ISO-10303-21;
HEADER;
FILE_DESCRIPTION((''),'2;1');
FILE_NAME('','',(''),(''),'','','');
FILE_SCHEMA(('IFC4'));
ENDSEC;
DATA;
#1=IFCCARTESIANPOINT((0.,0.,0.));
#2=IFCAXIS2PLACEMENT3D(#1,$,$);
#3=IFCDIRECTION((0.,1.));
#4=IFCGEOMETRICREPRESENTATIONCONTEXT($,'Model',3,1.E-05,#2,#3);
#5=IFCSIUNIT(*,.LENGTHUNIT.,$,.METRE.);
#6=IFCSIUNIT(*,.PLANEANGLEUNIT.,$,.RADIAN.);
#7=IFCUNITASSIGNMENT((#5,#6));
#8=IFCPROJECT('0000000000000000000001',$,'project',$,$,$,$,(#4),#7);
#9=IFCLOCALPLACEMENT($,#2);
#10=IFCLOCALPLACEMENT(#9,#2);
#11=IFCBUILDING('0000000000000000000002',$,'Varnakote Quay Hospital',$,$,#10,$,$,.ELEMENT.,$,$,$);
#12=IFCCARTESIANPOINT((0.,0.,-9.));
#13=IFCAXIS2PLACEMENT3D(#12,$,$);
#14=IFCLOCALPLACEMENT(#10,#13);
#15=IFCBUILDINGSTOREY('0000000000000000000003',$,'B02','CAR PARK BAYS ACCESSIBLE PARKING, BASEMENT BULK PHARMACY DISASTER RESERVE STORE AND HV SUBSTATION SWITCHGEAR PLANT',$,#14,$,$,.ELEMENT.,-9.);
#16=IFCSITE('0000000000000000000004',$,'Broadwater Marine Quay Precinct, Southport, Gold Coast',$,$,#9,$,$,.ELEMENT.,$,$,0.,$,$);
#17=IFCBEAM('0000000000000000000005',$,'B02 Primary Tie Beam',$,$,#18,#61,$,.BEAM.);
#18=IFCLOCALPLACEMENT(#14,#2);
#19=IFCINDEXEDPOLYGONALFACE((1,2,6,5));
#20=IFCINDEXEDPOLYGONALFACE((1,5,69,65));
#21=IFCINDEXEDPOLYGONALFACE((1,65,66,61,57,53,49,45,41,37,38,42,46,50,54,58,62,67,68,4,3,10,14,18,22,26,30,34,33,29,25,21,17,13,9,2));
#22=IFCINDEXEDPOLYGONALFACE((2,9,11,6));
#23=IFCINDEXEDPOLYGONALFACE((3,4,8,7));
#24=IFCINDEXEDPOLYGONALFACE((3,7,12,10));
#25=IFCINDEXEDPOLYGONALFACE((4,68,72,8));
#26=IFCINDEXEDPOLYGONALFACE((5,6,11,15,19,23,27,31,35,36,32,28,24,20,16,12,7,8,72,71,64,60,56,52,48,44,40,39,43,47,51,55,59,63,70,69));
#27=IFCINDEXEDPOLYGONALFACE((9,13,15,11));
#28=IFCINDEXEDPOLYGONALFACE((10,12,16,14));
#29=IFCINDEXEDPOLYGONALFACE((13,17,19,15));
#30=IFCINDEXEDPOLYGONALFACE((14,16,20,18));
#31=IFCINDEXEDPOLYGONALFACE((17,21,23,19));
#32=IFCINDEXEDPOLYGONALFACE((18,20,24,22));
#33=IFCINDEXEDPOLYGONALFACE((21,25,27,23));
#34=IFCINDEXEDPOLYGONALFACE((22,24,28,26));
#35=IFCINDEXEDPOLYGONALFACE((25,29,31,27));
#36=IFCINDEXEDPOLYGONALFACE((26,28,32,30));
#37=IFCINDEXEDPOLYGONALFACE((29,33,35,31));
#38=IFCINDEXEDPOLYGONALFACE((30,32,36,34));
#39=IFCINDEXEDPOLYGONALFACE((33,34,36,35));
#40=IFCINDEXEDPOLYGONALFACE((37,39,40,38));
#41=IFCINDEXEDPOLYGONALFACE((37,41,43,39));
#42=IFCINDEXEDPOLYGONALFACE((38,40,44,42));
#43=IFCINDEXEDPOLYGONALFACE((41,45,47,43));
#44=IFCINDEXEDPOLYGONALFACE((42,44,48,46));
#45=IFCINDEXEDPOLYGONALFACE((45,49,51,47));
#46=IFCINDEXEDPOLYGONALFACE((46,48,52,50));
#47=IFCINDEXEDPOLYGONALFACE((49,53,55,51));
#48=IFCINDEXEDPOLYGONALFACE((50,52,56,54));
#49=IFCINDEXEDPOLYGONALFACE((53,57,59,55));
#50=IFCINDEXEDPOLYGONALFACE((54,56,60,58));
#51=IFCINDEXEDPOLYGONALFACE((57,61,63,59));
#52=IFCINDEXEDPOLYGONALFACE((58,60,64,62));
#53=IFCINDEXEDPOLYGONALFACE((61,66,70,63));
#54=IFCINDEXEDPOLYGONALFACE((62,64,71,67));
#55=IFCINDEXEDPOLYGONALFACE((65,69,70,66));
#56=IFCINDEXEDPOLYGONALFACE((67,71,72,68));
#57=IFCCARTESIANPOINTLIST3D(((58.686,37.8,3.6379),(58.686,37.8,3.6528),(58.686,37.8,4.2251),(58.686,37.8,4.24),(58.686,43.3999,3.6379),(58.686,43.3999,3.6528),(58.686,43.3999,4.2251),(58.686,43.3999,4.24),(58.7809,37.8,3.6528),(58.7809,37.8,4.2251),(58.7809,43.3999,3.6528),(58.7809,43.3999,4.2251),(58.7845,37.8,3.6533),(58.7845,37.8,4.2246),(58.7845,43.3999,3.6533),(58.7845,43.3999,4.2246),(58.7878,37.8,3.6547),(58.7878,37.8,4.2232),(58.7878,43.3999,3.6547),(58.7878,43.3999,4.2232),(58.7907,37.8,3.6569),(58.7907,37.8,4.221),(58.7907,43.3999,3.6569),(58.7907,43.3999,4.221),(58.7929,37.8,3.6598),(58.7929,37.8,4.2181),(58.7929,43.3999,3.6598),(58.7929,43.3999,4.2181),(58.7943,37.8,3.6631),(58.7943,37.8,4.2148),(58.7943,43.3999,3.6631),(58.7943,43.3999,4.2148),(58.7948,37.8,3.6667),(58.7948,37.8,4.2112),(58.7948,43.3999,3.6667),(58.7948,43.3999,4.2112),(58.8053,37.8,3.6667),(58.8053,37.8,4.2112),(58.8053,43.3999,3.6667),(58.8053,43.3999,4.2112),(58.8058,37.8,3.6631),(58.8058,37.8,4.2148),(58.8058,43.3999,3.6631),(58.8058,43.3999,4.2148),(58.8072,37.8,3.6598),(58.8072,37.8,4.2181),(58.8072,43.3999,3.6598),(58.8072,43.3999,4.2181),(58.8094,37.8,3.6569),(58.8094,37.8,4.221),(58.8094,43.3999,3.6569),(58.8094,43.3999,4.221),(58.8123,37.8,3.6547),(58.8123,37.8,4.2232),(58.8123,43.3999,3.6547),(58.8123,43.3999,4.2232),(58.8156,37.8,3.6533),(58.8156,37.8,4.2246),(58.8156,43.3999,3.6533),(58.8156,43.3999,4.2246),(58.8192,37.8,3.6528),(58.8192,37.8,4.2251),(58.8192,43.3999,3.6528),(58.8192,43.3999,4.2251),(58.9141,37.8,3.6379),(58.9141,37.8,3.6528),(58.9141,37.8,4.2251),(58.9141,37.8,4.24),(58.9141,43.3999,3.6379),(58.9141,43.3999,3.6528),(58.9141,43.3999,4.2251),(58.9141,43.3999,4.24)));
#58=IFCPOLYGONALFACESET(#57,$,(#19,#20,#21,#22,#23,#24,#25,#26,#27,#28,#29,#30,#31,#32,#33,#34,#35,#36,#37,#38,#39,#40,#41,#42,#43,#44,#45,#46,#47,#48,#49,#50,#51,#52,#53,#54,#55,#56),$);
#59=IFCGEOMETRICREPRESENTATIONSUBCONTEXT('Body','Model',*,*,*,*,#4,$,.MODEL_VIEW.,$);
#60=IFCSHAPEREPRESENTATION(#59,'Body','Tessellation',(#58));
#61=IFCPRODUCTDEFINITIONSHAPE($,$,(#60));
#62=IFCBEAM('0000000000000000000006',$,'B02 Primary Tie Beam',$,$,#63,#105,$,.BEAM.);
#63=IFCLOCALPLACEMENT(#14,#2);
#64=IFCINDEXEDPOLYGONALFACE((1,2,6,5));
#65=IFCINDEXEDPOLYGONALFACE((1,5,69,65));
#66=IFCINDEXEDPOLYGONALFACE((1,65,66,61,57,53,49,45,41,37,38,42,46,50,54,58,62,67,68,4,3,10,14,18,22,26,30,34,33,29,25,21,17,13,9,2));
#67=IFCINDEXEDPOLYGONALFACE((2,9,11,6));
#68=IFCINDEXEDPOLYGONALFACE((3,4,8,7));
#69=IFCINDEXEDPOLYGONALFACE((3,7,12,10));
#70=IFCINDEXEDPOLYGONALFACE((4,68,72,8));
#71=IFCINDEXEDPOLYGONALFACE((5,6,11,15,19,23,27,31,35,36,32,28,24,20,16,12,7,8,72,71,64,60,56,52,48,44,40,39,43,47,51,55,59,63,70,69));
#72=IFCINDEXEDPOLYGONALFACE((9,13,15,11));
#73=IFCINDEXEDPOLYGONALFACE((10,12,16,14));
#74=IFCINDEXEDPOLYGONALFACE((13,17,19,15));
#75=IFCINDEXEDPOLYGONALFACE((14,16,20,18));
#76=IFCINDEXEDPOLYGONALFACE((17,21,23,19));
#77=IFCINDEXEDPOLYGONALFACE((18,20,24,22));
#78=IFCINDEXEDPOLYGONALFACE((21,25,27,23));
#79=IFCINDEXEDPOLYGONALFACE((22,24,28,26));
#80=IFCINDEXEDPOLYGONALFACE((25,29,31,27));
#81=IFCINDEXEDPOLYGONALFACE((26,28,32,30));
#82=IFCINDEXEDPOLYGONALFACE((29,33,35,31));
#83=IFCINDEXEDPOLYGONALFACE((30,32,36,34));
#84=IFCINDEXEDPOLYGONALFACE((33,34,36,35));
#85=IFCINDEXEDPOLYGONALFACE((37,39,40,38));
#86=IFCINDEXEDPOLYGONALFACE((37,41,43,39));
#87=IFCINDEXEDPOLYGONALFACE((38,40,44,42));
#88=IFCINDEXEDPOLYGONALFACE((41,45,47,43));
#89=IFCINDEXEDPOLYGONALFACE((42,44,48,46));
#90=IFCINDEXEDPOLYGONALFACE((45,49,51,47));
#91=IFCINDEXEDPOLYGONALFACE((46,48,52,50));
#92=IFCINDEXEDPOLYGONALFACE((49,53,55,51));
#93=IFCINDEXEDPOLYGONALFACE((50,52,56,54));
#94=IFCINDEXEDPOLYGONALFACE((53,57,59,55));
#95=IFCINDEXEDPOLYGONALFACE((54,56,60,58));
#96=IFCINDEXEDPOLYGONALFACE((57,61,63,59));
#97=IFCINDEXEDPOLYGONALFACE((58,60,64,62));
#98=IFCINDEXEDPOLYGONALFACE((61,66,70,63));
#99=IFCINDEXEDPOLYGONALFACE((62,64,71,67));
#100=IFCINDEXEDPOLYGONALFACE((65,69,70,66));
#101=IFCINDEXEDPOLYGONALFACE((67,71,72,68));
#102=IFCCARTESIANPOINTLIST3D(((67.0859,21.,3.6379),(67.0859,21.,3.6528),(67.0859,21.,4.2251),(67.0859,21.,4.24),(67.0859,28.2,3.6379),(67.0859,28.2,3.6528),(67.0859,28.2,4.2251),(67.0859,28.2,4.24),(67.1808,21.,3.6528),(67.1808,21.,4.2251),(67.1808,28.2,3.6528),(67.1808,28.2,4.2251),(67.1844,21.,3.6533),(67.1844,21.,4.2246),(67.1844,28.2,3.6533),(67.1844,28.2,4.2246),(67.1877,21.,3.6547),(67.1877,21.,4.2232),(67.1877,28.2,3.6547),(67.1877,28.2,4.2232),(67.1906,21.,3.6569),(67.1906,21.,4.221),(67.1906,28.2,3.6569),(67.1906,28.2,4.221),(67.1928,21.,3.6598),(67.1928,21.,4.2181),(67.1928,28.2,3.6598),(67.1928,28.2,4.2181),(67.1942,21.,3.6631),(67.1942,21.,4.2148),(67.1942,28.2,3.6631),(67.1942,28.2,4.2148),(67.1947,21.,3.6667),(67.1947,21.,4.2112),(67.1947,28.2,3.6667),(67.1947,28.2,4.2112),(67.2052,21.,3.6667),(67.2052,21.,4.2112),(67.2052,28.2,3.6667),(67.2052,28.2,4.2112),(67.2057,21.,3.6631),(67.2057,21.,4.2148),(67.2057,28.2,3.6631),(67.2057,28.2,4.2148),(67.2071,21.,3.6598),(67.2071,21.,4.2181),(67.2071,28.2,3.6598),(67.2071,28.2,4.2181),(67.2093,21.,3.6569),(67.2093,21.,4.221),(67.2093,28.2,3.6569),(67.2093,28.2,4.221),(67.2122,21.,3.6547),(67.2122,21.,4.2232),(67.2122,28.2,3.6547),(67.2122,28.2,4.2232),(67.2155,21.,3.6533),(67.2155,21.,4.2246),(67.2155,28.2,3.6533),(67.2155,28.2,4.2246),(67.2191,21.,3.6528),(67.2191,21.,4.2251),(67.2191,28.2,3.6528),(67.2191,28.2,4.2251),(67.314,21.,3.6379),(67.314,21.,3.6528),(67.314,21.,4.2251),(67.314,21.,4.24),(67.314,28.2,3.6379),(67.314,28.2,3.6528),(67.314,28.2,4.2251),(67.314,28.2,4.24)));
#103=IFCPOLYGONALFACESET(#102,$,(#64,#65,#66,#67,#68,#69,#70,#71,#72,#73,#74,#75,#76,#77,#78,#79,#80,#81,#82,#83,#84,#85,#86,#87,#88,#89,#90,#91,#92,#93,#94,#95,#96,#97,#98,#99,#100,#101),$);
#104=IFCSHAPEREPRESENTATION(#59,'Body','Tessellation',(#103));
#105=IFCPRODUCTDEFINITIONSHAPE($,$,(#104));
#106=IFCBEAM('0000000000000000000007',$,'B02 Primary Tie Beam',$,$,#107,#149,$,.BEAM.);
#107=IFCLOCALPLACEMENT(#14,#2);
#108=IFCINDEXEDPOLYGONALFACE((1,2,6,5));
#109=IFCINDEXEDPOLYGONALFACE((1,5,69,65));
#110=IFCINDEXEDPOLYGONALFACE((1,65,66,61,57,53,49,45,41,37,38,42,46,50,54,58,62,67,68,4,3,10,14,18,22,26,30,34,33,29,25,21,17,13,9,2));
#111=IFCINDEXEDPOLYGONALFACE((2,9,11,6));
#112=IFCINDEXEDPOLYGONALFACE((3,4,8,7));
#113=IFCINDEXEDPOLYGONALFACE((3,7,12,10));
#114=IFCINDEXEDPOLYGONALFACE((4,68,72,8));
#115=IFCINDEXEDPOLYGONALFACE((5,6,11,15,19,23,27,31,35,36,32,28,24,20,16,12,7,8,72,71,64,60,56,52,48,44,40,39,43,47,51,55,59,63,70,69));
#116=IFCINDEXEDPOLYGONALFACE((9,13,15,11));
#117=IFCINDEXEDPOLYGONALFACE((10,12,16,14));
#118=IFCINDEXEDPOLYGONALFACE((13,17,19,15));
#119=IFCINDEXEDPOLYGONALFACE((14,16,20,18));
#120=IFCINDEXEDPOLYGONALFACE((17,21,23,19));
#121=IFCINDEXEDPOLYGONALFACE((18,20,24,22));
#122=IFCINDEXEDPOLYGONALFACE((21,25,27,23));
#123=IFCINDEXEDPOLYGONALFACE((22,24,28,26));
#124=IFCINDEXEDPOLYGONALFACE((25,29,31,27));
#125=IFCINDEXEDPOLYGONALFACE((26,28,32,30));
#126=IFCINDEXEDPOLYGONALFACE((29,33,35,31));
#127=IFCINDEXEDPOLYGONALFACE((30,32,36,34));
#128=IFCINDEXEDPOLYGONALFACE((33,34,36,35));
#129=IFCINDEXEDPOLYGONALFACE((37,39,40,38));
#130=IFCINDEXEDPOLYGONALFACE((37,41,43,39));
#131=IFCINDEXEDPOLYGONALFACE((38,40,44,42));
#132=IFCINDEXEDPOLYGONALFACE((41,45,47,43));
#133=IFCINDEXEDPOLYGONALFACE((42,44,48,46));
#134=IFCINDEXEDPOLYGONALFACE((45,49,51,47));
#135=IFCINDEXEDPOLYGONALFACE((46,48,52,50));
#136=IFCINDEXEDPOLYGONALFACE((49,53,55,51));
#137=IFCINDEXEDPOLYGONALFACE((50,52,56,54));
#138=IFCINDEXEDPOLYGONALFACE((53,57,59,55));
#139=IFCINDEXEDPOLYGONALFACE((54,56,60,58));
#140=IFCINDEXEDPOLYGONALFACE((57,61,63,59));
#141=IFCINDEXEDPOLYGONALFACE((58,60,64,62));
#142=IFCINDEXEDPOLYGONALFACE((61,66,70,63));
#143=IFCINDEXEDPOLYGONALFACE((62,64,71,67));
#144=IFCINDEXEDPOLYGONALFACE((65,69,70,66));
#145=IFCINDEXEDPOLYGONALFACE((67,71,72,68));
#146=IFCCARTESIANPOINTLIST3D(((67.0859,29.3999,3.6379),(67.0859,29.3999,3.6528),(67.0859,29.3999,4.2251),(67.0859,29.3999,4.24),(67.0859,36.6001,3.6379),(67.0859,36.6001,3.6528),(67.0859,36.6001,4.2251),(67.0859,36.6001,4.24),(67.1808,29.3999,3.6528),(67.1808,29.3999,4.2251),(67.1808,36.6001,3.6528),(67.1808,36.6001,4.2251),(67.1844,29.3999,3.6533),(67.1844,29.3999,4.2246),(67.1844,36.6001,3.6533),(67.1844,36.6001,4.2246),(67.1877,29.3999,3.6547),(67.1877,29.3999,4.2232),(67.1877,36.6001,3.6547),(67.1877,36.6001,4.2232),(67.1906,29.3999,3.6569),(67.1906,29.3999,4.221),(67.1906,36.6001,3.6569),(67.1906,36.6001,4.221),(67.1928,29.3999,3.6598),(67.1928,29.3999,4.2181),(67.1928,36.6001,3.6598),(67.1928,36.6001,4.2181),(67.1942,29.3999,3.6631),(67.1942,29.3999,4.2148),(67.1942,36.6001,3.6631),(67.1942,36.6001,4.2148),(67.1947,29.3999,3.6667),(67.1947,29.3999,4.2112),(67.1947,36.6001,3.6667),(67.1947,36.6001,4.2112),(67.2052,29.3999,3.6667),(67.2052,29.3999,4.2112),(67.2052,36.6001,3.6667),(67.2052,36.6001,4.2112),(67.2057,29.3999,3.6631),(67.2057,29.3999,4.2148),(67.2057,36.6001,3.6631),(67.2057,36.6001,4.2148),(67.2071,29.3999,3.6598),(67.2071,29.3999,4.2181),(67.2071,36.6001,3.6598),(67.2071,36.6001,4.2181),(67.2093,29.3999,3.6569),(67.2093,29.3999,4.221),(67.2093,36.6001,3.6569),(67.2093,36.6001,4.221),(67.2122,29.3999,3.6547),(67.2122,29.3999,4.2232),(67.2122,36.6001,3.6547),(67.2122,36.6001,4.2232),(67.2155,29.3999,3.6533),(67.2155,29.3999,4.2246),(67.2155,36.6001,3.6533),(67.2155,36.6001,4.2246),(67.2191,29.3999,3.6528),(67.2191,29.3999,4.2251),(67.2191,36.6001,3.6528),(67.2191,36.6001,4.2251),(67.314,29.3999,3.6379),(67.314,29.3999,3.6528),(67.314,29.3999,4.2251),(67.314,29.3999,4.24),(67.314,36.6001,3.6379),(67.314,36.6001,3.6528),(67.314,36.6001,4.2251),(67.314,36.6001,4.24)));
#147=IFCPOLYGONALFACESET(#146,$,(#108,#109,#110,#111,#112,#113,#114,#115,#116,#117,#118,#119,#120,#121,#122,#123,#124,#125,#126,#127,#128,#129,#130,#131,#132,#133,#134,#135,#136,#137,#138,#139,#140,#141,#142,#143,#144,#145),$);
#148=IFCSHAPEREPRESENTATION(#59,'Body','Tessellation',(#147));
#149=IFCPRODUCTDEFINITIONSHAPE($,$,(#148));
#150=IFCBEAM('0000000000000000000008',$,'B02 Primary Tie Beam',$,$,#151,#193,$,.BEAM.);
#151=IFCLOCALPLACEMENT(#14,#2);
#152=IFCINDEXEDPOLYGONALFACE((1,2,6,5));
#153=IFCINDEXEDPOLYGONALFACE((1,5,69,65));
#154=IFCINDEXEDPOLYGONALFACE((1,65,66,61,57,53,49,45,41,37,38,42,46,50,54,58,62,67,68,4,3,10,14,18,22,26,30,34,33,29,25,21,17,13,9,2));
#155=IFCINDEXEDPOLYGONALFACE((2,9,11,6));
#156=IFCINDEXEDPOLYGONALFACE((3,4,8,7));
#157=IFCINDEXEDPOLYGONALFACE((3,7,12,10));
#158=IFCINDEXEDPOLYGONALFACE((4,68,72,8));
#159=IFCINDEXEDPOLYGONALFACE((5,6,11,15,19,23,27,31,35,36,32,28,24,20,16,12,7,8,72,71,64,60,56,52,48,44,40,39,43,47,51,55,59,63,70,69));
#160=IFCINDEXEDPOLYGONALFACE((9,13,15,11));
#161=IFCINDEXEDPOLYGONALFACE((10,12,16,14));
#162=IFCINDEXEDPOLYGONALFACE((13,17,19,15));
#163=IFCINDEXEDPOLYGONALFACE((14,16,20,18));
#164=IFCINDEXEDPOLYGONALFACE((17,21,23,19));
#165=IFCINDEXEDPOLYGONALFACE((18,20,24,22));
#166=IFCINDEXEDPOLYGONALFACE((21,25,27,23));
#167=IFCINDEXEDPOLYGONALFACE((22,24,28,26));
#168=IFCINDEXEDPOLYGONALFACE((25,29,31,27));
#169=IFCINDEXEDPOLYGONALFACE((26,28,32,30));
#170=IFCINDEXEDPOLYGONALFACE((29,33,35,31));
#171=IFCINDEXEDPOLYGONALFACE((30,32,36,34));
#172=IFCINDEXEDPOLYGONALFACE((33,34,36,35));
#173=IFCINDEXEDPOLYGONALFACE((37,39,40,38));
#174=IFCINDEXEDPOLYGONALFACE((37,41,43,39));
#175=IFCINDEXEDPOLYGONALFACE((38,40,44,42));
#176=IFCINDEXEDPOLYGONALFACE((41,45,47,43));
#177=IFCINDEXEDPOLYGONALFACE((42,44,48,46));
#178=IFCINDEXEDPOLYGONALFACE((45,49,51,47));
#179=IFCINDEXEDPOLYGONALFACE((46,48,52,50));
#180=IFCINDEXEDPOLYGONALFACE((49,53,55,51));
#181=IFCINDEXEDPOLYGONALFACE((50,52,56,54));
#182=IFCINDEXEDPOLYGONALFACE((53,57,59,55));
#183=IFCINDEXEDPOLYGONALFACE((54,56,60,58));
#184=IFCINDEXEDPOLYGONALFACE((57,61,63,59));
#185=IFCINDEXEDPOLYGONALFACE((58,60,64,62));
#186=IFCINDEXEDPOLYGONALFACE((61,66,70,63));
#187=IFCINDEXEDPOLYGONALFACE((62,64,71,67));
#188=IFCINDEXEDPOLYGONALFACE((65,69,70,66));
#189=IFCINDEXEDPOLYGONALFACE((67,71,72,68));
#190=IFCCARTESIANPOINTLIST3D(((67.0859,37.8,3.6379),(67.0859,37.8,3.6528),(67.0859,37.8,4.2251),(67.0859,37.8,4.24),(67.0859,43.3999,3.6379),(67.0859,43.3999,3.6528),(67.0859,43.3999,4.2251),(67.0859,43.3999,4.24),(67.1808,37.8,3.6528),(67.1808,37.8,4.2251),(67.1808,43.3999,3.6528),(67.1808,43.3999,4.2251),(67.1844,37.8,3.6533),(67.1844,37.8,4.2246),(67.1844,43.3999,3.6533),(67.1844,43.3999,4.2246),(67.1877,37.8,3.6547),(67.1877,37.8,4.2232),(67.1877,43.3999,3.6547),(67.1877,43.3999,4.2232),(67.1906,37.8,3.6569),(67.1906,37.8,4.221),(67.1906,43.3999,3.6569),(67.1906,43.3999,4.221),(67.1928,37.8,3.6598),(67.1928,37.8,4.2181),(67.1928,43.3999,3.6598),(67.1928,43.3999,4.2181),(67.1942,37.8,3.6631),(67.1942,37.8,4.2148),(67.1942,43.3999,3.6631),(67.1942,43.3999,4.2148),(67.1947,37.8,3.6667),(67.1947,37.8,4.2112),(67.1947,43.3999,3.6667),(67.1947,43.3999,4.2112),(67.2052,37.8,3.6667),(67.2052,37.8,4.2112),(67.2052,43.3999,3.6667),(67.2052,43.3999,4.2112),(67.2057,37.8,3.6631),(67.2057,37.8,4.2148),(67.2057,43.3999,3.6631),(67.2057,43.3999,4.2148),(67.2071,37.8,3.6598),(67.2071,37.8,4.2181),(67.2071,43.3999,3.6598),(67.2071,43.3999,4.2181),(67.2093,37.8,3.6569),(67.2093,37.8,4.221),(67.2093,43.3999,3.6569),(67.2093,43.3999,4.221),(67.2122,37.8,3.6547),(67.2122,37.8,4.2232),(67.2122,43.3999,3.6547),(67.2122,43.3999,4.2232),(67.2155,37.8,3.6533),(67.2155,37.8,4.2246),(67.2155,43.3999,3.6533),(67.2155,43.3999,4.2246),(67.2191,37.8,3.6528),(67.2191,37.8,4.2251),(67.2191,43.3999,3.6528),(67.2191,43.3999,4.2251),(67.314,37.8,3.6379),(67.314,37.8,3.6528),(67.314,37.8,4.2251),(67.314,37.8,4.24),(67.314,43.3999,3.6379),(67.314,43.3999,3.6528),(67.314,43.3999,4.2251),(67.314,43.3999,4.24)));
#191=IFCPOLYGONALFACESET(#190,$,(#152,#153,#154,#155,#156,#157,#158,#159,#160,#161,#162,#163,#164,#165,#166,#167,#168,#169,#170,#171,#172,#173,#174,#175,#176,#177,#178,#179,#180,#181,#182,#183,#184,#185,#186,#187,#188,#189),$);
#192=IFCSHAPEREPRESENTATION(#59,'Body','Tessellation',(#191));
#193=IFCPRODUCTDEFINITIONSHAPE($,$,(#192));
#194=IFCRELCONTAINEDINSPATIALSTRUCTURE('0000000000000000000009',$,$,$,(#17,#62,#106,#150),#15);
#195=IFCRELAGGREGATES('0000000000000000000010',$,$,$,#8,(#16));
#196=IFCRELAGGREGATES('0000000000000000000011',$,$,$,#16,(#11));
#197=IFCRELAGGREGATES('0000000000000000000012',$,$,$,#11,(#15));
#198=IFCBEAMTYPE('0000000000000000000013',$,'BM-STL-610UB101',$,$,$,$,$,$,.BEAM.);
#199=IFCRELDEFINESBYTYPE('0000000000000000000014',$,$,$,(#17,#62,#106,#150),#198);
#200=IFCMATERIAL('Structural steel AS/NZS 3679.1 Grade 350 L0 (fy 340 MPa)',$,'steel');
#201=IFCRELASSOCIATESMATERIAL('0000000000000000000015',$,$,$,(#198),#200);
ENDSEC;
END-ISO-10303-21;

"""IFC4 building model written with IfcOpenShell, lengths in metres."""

from ifc_helpers import new_model, si_unit, direction, frame, origin, origin_2d, place, context, subcontext, project, spatial, i_section, extrude, material, material_profile, profile_set, type_object, element, save


model = new_model("IFC4")

# Units and contexts
model_context = context("Model", 3, precision=1e-05, world=origin(), true_north=direction((0.0, 1.0)))
body_context = subcontext(model_context, "Body", "Model", "MODEL_VIEW")
ifc_project = project(units=[si_unit("LENGTHUNIT", "METRE"), si_unit("PLANEANGLEUNIT", "RADIAN")], contexts=[model_context])

# Site, building, storey
site_placement = place(None, origin())
site = spatial("IfcSite", under=ifc_project, at=site_placement, Name="Broadwater Marine Quay Precinct, Southport, Gold Coast", CompositionType="ELEMENT", RefElevation=0.0)
building_placement = place(site_placement, origin())
building = spatial("IfcBuilding", under=site, at=building_placement, Name="Varnakote Quay Hospital", CompositionType="ELEMENT")
storey_placement = place(building_placement, frame((0.0, 0.0, -9.0)))
storey = spatial("IfcBuildingStorey", under=building, at=storey_placement, Name="B02", Description="CAR PARK BAYS ACCESSIBLE PARKING, BASEMENT BULK PHARMACY DISASTER RESERVE STORE AND HV SUBSTATION SWITCHGEAR PLANT", CompositionType="ELEMENT", Elevation=-9.0)

# Beams
ifc_material_1 = material(Name="Structural steel AS/NZS 3679.1 Grade 350 L0 (fy 340 MPa)", Category="steel")
ifc_material_profile_1 = material_profile(ifc_material_1, i_section(OverallWidth=0.228, OverallDepth=0.6021, WebThickness=0.0105, FlangeThickness=0.0149, FilletRadius=0.0139, at=origin_2d()), Name="610UB101")
ifc_profile_set_1 = profile_set([ifc_material_profile_1], Name="Structural steel AS/NZS 3679.1 Grade 350 L0 (fy 340 MPa)")
beam_type_1 = type_object("IfcBeamType", Name="BM-STL-610UB101", PredefinedType="BEAM", material=ifc_profile_set_1)
beam_1_placement = place(storey_placement, frame((58.8, 37.8, 3.939), z_axis=(0.0, 1.0, 0.0), x_axis=(-1.0, 0.0, 0.0)))
element("IfcBeam", 1, at=beam_1_placement, inside=storey, type_object=beam_type_1, Name="B02 Primary Tie Beam", PredefinedType="BEAM", context=body_context, shape_type="SweptSolid", body=[
    extrude(i_section(OverallWidth=0.228, OverallDepth=0.6021, WebThickness=0.0105, FlangeThickness=0.0149, FilletRadius=0.0139, at=origin_2d()), origin(), (0.0, 0.0, 1.0), 5.5999),
])
beam_2_placement = place(storey_placement, frame((67.2, 21.0, 3.939), z_axis=(0.0, 1.0, 0.0), x_axis=(-1.0, 0.0, 0.0)))
element("IfcBeam", 2, at=beam_2_placement, inside=storey, type_object=beam_type_1, Name="B02 Primary Tie Beam", PredefinedType="BEAM", context=body_context, shape_type="SweptSolid", body=[
    extrude(i_section(OverallWidth=0.228, OverallDepth=0.6021, WebThickness=0.0105, FlangeThickness=0.0149, FilletRadius=0.0139, at=origin_2d()), origin(), (0.0, 0.0, 1.0), 7.2),
])
beam_3_placement = place(storey_placement, frame((67.2, 29.3999, 3.939), z_axis=(0.0, 1.0, 0.0), x_axis=(-1.0, 0.0, 0.0)))
element("IfcBeam", 3, at=beam_3_placement, inside=storey, type_object=beam_type_1, Name="B02 Primary Tie Beam", PredefinedType="BEAM", context=body_context, shape_type="SweptSolid", body=[
    extrude(i_section(OverallWidth=0.228, OverallDepth=0.6021, WebThickness=0.0105, FlangeThickness=0.0149, FilletRadius=0.0139, at=origin_2d()), origin(), (0.0, 0.0, 1.0), 7.2002),
])
beam_4_placement = place(storey_placement, frame((67.2, 37.8, 3.939), z_axis=(0.0, 1.0, 0.0), x_axis=(-1.0, 0.0, 0.0)))
element("IfcBeam", 4, at=beam_4_placement, inside=storey, type_object=beam_type_1, Name="B02 Primary Tie Beam", PredefinedType="BEAM", context=body_context, shape_type="SweptSolid", body=[
    extrude(i_section(OverallWidth=0.228, OverallDepth=0.6021, WebThickness=0.0105, FlangeThickness=0.0149, FilletRadius=0.0139, at=origin_2d()), origin(), (0.0, 0.0, 1.0), 5.5999),
])

save(model, "model.ifc")
